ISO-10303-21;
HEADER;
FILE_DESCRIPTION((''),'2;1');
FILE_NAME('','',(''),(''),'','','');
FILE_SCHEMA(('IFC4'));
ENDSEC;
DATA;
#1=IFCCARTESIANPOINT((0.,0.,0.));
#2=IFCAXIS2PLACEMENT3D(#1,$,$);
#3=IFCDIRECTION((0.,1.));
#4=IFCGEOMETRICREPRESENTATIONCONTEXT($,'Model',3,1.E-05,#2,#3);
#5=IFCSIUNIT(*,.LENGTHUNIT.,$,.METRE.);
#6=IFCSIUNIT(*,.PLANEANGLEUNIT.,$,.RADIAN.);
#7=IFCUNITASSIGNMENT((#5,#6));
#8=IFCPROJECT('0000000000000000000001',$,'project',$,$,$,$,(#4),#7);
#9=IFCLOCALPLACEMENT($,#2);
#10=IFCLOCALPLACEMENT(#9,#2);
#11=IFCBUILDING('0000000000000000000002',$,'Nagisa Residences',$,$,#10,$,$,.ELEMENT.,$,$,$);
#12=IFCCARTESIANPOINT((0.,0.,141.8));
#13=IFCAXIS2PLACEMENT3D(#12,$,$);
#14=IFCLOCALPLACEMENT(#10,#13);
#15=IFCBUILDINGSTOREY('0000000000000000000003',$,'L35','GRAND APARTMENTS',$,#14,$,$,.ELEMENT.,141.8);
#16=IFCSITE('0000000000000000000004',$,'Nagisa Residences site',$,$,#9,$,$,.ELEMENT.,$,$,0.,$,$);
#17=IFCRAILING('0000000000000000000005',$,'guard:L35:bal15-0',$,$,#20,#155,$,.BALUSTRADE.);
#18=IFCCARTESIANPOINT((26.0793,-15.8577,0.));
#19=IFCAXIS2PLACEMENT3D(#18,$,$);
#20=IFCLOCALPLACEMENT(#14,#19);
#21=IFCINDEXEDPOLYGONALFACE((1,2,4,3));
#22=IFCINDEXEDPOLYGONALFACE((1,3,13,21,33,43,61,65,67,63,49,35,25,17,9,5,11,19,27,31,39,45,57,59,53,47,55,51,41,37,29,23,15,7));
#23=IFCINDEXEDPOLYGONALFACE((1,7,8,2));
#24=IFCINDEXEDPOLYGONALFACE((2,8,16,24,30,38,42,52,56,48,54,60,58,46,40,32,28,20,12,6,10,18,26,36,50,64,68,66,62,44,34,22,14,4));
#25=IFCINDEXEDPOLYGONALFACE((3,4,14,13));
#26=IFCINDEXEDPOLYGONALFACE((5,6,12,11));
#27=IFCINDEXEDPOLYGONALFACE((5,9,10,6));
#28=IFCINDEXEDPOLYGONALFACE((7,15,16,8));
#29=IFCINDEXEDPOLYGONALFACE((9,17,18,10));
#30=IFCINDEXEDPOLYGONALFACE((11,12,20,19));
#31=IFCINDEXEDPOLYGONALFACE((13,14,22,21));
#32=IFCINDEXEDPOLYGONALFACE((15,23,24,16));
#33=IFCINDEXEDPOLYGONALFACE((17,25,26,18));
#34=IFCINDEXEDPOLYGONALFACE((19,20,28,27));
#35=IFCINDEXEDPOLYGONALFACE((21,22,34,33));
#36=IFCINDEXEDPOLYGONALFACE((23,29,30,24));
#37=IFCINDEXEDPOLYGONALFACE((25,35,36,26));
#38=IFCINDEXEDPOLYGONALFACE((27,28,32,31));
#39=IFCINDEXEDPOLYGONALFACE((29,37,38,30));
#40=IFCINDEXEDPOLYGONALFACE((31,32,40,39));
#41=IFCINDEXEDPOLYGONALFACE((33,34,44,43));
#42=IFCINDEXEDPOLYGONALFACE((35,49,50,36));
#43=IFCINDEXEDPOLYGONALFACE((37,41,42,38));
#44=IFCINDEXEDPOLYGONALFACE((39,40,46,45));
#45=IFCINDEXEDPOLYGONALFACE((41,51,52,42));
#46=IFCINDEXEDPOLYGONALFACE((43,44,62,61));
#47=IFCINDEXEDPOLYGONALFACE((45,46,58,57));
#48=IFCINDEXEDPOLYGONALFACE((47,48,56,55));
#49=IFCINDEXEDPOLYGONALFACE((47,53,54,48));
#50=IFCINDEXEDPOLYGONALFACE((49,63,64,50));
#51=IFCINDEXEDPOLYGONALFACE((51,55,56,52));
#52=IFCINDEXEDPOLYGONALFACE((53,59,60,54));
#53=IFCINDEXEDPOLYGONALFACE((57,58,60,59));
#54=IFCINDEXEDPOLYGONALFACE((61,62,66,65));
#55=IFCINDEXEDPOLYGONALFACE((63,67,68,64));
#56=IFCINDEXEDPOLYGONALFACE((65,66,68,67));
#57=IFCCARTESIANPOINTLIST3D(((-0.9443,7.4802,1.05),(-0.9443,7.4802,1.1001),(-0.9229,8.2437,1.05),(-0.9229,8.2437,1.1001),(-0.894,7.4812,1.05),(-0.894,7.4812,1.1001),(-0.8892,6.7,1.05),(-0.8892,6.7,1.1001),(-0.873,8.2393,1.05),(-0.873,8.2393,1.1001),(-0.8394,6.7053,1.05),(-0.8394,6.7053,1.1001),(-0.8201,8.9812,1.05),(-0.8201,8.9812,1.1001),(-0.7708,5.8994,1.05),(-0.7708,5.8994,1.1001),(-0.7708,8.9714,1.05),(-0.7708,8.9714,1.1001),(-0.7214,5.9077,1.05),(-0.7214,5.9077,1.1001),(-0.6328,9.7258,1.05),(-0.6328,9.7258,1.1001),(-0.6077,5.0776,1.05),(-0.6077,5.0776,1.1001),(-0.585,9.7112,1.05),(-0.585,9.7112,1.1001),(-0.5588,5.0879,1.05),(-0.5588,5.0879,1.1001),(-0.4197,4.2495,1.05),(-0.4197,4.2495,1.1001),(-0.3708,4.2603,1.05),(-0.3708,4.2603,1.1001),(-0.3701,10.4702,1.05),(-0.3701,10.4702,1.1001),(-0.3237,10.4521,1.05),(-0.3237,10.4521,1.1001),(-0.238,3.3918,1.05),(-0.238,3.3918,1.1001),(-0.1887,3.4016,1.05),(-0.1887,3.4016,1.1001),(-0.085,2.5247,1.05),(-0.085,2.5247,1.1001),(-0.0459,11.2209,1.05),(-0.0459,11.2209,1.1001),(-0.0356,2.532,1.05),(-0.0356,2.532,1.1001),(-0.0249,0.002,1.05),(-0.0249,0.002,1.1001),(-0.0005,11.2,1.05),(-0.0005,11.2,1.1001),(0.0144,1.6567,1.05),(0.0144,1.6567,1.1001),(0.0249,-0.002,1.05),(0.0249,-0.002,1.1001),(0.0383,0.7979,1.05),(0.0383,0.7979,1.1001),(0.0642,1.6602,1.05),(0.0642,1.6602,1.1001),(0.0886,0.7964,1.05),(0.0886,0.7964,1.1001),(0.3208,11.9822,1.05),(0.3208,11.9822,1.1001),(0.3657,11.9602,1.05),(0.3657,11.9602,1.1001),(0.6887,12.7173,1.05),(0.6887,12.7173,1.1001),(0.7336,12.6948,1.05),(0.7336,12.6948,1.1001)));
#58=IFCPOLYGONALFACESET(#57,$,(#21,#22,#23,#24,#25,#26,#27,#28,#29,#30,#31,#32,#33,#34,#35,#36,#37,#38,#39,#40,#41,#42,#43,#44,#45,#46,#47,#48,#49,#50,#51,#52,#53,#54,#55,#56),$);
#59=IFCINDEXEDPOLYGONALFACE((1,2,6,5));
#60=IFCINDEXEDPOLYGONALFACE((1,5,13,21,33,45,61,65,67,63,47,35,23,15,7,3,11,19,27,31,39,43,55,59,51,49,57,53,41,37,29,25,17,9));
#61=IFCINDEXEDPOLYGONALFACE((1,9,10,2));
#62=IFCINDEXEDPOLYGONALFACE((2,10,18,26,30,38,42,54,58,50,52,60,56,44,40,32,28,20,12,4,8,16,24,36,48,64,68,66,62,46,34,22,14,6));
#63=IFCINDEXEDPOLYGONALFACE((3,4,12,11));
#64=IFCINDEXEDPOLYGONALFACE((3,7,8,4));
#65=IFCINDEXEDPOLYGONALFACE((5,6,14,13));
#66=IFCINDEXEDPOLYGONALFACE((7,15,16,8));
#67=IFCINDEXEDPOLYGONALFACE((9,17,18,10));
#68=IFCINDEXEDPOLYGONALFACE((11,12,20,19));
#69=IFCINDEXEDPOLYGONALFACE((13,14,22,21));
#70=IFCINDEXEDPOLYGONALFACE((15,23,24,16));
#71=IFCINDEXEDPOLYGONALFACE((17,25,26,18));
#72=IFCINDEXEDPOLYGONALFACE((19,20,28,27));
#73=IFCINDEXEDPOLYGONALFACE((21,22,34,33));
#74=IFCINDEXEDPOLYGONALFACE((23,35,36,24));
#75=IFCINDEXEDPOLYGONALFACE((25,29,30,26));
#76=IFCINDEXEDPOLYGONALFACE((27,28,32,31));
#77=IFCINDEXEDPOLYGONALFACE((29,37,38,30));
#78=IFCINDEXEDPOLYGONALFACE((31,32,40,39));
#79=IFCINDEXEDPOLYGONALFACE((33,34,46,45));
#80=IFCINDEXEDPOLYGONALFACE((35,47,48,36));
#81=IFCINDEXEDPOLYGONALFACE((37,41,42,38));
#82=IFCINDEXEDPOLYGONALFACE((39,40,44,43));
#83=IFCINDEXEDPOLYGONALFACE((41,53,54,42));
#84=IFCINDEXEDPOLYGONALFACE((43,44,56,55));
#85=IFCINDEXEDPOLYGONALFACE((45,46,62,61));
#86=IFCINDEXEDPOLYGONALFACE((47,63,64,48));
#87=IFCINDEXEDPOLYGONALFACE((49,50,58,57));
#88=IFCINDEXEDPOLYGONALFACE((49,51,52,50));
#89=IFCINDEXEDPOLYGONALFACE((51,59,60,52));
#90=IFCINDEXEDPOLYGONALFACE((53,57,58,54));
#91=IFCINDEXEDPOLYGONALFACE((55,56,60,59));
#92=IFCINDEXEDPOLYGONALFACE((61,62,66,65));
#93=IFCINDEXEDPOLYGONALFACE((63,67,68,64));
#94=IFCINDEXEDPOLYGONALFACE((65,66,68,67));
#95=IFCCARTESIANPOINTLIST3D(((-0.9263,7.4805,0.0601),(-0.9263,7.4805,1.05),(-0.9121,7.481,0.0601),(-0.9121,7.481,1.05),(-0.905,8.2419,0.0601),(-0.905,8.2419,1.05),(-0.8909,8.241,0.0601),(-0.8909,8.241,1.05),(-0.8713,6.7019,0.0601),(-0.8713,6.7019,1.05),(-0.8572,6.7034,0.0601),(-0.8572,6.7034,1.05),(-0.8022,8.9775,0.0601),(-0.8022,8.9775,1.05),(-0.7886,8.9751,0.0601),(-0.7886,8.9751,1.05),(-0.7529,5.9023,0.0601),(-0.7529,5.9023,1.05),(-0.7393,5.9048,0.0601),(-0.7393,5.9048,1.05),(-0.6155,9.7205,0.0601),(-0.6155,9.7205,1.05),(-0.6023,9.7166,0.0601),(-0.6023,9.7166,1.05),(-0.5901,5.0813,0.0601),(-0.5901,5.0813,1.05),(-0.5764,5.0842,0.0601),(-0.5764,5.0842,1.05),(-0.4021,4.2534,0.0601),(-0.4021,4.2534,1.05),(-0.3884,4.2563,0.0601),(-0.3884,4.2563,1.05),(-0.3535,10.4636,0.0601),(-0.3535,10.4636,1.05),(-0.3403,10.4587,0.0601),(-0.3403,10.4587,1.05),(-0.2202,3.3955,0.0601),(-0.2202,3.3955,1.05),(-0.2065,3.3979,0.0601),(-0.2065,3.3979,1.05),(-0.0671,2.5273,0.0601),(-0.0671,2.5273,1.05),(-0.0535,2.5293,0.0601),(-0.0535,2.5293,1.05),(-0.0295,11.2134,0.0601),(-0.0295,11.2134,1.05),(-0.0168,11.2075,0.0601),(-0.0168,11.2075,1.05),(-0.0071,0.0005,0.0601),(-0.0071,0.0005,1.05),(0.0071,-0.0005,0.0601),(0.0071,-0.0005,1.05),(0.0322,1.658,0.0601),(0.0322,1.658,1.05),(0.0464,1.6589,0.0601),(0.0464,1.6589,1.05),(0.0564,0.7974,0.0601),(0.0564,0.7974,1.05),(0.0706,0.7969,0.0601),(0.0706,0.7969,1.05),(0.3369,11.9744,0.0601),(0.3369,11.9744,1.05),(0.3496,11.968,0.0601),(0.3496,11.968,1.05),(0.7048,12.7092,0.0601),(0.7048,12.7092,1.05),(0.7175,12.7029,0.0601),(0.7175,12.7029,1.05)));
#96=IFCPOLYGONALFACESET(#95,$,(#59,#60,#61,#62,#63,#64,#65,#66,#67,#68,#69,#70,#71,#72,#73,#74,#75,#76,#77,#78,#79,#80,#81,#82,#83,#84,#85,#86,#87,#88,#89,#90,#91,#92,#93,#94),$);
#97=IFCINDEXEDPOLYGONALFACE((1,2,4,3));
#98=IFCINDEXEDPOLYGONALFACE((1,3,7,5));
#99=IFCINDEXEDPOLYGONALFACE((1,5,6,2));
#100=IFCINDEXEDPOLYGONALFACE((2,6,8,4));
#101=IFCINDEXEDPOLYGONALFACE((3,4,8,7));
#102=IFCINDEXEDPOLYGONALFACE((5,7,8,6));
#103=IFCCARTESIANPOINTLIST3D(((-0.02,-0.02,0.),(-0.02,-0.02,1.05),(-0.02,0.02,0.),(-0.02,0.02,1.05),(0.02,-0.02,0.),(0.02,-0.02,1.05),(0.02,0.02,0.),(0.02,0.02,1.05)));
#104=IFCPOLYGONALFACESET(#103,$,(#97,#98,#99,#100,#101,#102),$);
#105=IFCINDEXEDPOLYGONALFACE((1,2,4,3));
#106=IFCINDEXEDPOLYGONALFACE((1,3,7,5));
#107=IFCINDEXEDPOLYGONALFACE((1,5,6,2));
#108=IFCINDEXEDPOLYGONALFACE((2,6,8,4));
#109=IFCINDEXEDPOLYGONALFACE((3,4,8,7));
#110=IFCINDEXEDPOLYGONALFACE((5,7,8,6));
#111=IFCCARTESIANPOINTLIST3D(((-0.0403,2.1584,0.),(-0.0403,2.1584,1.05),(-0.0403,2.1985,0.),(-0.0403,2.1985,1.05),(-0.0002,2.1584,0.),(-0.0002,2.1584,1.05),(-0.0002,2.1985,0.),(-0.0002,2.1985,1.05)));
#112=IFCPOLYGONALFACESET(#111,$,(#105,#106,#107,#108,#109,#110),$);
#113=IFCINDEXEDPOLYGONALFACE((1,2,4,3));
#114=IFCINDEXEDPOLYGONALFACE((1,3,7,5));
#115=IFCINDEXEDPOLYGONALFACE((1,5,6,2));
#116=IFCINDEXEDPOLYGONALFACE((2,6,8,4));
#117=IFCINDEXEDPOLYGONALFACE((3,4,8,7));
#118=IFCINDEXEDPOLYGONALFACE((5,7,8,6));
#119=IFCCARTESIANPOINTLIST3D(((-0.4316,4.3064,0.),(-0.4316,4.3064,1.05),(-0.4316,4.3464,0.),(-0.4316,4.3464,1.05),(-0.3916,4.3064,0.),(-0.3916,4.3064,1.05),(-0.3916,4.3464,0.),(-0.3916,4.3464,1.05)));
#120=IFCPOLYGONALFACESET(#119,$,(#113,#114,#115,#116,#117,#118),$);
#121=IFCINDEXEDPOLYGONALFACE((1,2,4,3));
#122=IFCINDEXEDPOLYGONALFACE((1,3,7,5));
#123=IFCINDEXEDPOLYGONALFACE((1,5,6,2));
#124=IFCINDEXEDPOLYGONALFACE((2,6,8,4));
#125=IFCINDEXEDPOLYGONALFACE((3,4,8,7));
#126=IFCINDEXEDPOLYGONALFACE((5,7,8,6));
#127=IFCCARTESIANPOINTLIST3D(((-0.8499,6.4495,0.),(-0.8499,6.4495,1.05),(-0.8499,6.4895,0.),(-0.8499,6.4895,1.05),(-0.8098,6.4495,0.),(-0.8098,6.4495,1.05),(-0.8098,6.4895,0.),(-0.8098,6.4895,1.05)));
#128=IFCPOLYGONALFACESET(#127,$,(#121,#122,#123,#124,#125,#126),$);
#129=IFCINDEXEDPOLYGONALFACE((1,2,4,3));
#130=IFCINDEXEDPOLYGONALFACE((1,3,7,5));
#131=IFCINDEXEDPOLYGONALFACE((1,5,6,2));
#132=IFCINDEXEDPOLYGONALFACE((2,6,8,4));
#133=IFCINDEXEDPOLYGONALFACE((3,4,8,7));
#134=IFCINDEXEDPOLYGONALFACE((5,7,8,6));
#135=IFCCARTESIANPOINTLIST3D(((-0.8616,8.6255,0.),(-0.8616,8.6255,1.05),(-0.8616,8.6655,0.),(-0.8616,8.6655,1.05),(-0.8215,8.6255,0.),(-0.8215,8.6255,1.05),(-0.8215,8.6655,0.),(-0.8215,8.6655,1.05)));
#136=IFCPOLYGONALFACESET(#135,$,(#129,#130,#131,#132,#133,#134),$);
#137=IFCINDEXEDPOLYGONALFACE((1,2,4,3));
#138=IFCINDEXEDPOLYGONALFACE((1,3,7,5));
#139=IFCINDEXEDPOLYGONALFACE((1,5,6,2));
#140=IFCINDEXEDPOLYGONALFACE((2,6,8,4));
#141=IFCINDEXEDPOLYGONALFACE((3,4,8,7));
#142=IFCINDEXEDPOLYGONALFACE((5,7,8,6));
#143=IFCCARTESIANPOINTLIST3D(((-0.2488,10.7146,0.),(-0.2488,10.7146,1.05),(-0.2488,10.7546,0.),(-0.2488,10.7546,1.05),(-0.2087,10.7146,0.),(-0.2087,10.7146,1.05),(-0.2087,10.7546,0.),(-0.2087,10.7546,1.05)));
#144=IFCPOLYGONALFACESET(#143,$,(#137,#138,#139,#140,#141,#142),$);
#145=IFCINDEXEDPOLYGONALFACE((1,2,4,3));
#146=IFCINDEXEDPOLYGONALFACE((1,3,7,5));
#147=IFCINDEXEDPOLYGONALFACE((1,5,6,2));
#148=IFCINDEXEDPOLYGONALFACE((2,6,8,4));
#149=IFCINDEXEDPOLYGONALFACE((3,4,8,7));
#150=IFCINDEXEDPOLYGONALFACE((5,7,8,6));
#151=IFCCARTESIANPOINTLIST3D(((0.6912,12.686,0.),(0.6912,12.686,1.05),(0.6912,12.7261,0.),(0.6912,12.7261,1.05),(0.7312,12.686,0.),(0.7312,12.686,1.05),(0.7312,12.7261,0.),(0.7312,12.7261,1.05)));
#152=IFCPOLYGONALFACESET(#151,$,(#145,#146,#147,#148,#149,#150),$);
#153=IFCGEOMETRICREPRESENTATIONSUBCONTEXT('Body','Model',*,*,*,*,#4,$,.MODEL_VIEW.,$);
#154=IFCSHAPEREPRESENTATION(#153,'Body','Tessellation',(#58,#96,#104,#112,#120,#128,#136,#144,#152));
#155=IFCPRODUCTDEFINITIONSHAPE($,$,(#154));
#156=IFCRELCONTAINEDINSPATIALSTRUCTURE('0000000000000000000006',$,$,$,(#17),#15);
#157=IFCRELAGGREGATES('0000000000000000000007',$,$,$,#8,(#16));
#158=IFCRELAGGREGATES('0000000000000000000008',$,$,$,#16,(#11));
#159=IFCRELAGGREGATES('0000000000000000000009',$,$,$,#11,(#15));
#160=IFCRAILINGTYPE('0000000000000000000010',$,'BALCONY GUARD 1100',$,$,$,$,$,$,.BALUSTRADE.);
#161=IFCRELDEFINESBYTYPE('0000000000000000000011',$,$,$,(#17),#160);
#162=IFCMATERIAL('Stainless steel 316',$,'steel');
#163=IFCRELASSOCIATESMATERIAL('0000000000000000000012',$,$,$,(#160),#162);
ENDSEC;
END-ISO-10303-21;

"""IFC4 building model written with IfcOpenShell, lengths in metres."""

from ifc_helpers import new_model, si_unit, direction, frame, origin, origin_2d, place, context, subcontext, project, spatial, polyline, rectangle, outline, extrude, material, type_object, element, save


model = new_model("IFC4")

# Units and contexts
model_context = context("Model", 3, precision=1e-05, world=origin(), true_north=direction((0.0, 1.0)))
body_context = subcontext(model_context, "Body", "Model", "MODEL_VIEW")
ifc_project = project(units=[si_unit("LENGTHUNIT", "METRE"), si_unit("PLANEANGLEUNIT", "RADIAN")], contexts=[model_context])

# Site, building, storey
site_placement = place(None, origin())
site = spatial("IfcSite", under=ifc_project, at=site_placement, Name="Nagisa Residences site", CompositionType="ELEMENT", RefElevation=0.0)
building_placement = place(site_placement, origin())
building = spatial("IfcBuilding", under=site, at=building_placement, Name="Nagisa Residences", CompositionType="ELEMENT")
storey_placement = place(building_placement, frame((0.0, 0.0, 141.8)))
storey = spatial("IfcBuildingStorey", under=building, at=storey_placement, Name="L35", Description="GRAND APARTMENTS", CompositionType="ELEMENT", Elevation=141.8)

# Railing
ifc_material_1 = material(Name="Stainless steel 316", Category="steel")
railing_type = type_object("IfcRailingType", Name="BALCONY GUARD 1100", PredefinedType="BALUSTRADE", material=ifc_material_1)
railing_1_placement = place(storey_placement, frame((26.0793, -15.8577, 0.0)))
element("IfcRailing", 1, at=railing_1_placement, inside=storey, type_object=railing_type, Name="guard:L35:bal15-0", PredefinedType="BALUSTRADE", context=body_context, shape_type="SweptSolid", body=[
    extrude(outline(polyline([(0.0383, 0.7979), (-0.0249, 0.002), (0.0249, -0.002), (0.0886, 0.7964), (0.0642, 1.6602), (-0.0356, 2.532), (-0.1887, 3.4016), (-0.3708, 4.2603), (-0.5588, 5.0879), (-0.7214, 5.9077), (-0.8394, 6.7053), (-0.894, 7.4812), (-0.873, 8.2393), (-0.7708, 8.9714), (-0.585, 9.7112), (-0.3237, 10.4521), (-0.0005, 11.2), (0.3657, 11.9602), (0.7336, 12.6948), (0.6887, 12.7173), (0.3208, 11.9822), (-0.0459, 11.2209), (-0.3701, 10.4702), (-0.6328, 9.7258), (-0.8201, 8.9812), (-0.9229, 8.2437), (-0.9443, 7.4802), (-0.8892, 6.7), (-0.7708, 5.8994), (-0.6077, 5.0776), (-0.4197, 4.2495), (-0.238, 3.3918), (-0.085, 2.5247), (0.0144, 1.6567), (0.0383, 0.7979)])), frame((0.0, 0.0, 1.05)), (0.0, 0.0, 1.0), 0.05),
    extrude(outline(polyline([(0.0564, 0.7974), (-0.0071, 0.0005), (0.0071, -0.0005), (0.0706, 0.7969), (0.0464, 1.6589), (-0.0535, 2.5293), (-0.2065, 3.3979), (-0.3884, 4.2563), (-0.5764, 5.0842), (-0.7393, 5.9048), (-0.8572, 6.7034), (-0.9121, 7.481), (-0.8909, 8.241), (-0.7886, 8.9751), (-0.6023, 9.7166), (-0.3403, 10.4587), (-0.0168, 11.2075), (0.3496, 11.968), (0.7175, 12.7029), (0.7048, 12.7092), (0.3369, 11.9744), (-0.0295, 11.2134), (-0.3535, 10.4636), (-0.6155, 9.7205), (-0.8022, 8.9775), (-0.905, 8.2419), (-0.9263, 7.4805), (-0.8713, 6.7019), (-0.7529, 5.9023), (-0.5901, 5.0813), (-0.4021, 4.2534), (-0.2202, 3.3955), (-0.0671, 2.5273), (0.0322, 1.658), (0.0564, 0.7974)])), frame((0.0, 0.0, 0.0601)), (0.0, 0.0, 1.0), 0.99),
    extrude(rectangle(XDim=0.04, YDim=0.04, at=origin_2d()), origin(), (0.0, 0.0, 1.0), 1.05),
    extrude(rectangle(XDim=0.04, YDim=0.04, at=origin_2d()), frame((-0.0203, 2.1785, 0.0)), (0.0, 0.0, 1.0), 1.05),
    extrude(rectangle(XDim=0.04, YDim=0.04, at=origin_2d()), frame((-0.4116, 4.3264, 0.0)), (0.0, 0.0, 1.0), 1.05),
    extrude(rectangle(XDim=0.04, YDim=0.04, at=origin_2d()), frame((-0.8298, 6.4695, 0.0)), (0.0, 0.0, 1.0), 1.05),
    extrude(rectangle(XDim=0.04, YDim=0.04, at=origin_2d()), frame((-0.8416, 8.6455, 0.0)), (0.0, 0.0, 1.0), 1.05),
    extrude(rectangle(XDim=0.04, YDim=0.04, at=origin_2d()), frame((-0.2288, 10.7346, 0.0)), (0.0, 0.0, 1.0), 1.05),
    extrude(rectangle(XDim=0.04, YDim=0.04, at=origin_2d()), frame((0.7112, 12.7061, 0.0)), (0.0, 0.0, 1.0), 1.05),
])

save(model, "model.ifc")
